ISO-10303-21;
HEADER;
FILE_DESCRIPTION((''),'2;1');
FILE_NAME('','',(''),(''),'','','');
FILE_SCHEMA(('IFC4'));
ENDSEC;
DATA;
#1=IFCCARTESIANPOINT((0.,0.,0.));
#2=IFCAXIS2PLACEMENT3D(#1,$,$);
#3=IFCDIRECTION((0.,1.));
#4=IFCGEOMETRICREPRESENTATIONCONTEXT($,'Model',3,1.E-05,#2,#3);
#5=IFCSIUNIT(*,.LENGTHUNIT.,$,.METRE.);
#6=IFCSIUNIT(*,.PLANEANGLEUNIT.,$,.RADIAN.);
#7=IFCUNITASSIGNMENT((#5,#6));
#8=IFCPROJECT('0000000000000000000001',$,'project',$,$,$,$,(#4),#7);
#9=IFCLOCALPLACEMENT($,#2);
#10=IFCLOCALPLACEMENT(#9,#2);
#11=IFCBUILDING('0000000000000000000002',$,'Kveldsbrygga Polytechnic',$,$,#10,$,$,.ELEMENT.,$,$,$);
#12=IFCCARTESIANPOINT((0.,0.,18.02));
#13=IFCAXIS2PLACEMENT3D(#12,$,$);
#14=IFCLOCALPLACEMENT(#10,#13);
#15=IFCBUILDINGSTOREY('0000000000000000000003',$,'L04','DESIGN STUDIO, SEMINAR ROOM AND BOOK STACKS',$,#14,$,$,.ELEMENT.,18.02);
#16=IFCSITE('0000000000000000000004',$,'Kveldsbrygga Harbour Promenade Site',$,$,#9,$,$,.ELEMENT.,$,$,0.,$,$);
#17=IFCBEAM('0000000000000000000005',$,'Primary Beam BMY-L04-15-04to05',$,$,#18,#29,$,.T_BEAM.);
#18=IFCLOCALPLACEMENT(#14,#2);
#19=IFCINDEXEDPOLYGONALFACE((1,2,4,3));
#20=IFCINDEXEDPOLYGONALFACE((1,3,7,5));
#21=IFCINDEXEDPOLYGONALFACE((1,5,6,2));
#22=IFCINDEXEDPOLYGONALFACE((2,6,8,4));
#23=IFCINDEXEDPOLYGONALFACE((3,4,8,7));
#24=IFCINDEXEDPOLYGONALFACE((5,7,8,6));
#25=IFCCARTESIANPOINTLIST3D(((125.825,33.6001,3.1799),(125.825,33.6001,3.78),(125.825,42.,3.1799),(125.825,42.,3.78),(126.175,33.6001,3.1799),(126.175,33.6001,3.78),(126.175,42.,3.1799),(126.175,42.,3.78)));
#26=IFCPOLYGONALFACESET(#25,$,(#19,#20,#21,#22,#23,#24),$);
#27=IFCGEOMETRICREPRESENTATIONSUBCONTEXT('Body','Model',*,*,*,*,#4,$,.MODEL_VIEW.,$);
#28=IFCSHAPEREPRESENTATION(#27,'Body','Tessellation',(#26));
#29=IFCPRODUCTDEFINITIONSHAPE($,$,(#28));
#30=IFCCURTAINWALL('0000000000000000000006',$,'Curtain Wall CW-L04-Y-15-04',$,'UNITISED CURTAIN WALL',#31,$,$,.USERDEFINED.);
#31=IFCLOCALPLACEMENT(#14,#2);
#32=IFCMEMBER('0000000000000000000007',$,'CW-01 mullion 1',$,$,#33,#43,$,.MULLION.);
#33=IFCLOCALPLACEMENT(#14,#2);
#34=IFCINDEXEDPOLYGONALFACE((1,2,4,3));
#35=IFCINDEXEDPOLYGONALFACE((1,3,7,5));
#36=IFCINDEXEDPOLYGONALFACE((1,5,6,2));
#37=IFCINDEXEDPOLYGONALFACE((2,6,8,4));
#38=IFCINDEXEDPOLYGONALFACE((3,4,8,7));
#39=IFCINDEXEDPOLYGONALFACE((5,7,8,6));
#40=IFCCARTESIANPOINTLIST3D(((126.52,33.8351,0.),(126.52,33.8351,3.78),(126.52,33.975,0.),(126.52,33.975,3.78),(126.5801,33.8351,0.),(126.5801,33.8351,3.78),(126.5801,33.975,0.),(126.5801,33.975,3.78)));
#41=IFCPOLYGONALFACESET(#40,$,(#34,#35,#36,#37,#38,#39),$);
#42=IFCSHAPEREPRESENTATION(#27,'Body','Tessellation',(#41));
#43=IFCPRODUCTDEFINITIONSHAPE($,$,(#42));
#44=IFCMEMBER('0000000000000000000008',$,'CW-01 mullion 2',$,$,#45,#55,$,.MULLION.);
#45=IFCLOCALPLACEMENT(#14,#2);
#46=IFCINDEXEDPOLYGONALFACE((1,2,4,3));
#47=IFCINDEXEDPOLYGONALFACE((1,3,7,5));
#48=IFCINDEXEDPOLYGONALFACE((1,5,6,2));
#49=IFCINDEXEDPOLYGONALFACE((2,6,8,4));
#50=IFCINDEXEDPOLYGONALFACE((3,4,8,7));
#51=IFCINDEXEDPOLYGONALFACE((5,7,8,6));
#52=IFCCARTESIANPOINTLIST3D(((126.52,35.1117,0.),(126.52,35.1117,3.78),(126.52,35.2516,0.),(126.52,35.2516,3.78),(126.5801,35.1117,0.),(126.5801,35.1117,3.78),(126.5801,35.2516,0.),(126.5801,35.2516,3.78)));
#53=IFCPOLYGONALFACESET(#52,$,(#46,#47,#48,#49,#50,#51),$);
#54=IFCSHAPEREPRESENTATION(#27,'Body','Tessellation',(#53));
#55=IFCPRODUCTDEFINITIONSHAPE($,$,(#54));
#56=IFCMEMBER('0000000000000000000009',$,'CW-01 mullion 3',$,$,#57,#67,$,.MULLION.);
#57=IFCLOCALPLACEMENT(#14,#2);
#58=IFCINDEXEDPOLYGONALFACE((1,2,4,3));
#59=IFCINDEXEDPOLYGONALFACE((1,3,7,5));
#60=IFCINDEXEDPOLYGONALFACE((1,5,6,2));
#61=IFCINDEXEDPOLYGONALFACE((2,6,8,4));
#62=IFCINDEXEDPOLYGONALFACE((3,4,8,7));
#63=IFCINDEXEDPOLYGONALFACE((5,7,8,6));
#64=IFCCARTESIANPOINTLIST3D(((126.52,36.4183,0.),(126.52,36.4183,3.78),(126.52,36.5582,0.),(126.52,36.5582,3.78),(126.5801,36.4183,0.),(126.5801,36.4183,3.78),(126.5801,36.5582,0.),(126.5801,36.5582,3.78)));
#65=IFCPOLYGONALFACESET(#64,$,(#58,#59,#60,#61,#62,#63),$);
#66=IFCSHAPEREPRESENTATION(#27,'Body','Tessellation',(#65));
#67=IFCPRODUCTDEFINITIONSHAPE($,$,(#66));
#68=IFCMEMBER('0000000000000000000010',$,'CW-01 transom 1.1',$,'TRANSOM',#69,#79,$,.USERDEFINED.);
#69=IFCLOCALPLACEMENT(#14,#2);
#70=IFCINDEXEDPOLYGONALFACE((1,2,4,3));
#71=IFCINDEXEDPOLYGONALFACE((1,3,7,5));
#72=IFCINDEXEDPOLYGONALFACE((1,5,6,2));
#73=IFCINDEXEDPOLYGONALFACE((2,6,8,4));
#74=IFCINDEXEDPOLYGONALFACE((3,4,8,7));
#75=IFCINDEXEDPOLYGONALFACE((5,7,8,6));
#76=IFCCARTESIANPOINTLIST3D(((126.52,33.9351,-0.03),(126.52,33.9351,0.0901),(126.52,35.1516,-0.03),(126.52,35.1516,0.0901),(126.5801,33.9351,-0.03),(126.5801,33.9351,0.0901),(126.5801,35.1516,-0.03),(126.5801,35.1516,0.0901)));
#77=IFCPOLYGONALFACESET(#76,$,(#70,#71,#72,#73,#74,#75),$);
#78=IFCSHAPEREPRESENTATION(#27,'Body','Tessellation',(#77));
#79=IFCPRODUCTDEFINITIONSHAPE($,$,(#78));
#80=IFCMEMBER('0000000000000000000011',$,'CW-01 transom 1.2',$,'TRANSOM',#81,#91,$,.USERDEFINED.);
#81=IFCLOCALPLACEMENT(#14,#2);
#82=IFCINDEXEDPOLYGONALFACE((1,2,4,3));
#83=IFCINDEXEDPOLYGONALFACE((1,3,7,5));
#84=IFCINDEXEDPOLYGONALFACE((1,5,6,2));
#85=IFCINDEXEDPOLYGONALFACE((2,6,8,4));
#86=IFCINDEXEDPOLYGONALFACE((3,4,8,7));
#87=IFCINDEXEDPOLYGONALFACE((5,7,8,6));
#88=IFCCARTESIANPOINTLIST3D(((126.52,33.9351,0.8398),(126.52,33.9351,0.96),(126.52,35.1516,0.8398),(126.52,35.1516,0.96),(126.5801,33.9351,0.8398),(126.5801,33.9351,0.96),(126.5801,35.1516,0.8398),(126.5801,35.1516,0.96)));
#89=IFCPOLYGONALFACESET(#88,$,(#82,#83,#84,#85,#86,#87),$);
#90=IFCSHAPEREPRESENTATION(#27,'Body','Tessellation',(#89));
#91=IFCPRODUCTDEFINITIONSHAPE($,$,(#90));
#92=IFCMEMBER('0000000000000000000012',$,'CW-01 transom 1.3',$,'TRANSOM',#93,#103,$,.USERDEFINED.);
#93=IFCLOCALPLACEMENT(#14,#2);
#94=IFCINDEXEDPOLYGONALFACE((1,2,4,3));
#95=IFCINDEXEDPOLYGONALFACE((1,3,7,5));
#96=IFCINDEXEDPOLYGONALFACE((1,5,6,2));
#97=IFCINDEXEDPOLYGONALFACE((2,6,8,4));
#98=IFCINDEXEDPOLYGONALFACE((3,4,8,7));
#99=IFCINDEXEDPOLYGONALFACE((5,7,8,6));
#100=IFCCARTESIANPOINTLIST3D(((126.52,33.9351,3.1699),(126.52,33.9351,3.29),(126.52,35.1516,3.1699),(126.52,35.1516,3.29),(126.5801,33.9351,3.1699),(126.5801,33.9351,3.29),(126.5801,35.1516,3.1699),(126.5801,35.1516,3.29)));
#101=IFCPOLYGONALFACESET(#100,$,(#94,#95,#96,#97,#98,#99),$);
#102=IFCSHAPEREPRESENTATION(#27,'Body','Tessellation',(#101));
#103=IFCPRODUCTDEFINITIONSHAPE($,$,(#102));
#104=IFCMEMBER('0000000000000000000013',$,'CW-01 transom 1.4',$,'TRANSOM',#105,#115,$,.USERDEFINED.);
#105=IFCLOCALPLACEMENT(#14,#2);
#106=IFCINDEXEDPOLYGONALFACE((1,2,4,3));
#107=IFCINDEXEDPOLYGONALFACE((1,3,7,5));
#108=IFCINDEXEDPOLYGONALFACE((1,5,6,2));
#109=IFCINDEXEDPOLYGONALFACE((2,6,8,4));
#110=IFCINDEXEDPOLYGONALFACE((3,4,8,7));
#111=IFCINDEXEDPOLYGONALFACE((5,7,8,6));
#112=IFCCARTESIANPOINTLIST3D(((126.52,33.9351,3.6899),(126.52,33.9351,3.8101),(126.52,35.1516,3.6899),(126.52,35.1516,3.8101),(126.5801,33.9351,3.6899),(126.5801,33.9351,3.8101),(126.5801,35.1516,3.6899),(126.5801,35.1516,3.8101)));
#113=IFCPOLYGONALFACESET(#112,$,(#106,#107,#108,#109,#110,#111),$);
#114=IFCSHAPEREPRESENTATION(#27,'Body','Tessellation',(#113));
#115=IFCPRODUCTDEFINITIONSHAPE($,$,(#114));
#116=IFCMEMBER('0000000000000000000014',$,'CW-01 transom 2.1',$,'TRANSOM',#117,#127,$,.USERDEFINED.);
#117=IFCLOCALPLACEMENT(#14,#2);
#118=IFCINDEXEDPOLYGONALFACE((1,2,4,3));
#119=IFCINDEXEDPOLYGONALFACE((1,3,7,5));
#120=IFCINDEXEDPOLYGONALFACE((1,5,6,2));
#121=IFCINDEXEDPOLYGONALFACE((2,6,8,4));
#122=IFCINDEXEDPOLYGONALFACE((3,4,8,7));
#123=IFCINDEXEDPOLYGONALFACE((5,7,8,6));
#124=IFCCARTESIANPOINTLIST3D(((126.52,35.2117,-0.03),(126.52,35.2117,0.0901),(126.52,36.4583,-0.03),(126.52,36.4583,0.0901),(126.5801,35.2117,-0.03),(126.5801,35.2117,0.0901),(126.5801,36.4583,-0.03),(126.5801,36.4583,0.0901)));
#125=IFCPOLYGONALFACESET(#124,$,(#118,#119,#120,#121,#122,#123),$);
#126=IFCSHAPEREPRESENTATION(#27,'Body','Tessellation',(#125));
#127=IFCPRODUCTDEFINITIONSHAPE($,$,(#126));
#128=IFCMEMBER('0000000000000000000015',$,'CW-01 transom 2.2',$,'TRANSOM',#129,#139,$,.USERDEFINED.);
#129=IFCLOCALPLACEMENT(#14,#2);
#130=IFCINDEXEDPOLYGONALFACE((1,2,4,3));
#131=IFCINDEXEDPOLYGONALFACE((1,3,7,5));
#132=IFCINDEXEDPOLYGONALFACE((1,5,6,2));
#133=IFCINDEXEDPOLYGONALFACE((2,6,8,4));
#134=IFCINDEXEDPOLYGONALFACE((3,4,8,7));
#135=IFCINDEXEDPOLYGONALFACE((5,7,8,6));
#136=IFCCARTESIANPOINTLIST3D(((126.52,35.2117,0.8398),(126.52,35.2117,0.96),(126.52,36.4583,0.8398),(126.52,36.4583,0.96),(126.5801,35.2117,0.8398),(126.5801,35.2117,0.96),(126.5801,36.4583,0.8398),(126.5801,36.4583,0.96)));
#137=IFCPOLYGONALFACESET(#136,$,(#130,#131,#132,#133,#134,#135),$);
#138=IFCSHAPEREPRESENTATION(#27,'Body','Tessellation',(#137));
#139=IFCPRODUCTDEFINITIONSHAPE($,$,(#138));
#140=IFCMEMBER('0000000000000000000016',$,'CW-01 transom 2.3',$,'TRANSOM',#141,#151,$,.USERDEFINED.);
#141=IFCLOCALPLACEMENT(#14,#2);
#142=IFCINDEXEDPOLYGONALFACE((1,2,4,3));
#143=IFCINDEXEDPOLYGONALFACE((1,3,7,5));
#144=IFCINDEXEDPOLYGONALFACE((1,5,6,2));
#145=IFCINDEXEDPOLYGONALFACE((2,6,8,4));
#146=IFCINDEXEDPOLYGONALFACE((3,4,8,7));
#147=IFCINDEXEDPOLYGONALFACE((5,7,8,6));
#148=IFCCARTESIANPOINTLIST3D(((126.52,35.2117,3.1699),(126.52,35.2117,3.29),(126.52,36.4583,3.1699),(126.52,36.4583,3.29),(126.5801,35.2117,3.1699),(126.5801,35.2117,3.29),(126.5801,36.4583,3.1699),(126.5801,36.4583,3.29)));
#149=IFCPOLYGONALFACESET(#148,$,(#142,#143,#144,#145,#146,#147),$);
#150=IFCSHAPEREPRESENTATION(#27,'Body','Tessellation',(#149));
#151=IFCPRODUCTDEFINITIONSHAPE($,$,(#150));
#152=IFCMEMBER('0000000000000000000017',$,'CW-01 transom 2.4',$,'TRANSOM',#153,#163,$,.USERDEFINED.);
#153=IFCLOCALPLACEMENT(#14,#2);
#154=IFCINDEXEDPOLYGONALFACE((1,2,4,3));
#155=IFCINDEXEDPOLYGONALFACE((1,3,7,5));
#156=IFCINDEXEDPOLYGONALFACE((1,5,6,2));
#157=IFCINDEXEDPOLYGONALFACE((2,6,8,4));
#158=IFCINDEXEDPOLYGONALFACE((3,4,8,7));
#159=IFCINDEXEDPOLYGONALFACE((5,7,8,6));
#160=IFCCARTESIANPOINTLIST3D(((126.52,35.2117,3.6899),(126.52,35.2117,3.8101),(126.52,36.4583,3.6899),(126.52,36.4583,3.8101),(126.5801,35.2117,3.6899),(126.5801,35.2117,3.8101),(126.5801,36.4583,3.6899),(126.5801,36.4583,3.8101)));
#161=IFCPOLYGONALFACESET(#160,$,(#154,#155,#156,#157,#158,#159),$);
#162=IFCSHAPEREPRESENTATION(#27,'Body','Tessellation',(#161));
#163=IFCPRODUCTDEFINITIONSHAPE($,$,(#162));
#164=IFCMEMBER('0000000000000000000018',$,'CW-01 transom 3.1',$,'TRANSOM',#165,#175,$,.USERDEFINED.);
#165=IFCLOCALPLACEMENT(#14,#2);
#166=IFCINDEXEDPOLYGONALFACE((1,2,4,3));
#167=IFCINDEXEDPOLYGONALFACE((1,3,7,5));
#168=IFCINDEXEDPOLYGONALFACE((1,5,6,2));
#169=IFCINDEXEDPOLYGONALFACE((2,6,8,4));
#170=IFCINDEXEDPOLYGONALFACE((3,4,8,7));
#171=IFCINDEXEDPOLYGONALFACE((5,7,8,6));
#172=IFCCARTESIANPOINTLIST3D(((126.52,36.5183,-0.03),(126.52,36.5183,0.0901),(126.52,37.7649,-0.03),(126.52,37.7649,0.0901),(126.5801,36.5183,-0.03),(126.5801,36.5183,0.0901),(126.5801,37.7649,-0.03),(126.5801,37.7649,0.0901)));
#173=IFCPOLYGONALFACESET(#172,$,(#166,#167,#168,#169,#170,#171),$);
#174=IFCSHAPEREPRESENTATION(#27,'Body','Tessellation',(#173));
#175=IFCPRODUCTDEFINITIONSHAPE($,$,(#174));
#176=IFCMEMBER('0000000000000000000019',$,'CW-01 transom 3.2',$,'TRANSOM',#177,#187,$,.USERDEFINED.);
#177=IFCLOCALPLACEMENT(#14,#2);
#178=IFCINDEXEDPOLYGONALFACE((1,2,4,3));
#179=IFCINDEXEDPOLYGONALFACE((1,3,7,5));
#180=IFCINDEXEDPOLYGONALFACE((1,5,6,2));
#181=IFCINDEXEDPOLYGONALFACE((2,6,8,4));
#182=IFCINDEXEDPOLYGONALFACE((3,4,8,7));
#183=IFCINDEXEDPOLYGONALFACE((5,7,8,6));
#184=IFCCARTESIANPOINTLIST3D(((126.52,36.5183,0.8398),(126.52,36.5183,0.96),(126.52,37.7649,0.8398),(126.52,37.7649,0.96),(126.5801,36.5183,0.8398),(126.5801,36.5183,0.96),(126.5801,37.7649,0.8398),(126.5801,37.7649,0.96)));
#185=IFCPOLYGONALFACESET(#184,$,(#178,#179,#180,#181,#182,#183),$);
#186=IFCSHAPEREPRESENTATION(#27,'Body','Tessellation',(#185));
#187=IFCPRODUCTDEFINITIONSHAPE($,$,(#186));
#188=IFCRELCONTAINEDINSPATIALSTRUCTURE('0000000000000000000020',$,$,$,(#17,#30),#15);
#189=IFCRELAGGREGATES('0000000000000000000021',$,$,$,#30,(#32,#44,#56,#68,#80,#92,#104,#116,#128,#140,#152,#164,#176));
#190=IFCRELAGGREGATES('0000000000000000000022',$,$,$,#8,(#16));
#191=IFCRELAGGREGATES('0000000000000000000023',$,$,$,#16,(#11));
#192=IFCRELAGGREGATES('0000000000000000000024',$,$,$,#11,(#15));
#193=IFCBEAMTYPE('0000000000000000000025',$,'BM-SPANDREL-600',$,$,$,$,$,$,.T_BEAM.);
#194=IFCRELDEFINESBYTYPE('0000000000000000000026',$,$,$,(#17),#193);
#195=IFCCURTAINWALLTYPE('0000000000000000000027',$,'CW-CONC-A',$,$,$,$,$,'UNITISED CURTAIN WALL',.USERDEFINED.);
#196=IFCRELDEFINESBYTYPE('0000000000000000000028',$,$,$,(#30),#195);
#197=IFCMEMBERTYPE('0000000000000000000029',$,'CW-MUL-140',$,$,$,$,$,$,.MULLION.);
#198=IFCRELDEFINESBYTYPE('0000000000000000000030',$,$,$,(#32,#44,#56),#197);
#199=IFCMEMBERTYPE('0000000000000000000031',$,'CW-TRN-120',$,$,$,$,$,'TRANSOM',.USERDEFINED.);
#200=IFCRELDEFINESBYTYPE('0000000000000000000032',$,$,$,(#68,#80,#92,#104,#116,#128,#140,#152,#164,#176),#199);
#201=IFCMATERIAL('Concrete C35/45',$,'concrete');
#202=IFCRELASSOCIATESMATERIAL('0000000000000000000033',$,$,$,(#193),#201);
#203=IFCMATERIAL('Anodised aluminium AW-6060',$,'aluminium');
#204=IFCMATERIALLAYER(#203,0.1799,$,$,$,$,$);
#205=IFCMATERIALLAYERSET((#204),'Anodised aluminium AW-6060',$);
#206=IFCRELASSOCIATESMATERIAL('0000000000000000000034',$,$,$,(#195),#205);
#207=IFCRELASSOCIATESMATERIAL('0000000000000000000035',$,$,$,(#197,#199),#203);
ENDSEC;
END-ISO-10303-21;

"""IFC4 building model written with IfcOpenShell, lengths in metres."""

from ifc_helpers import new_model, si_unit, direction, frame, origin, origin_2d, place, context, subcontext, project, spatial, rectangle, extrude, material, layer, layer_set, material_profile, profile_set, type_object, element, aggregate, save


model = new_model("IFC4")

# Units and contexts
model_context = context("Model", 3, precision=1e-05, world=origin(), true_north=direction((0.0, 1.0)))
body_context = subcontext(model_context, "Body", "Model", "MODEL_VIEW")
ifc_project = project(units=[si_unit("LENGTHUNIT", "METRE"), si_unit("PLANEANGLEUNIT", "RADIAN")], contexts=[model_context])

# Site, building, storey
site_placement = place(None, origin())
site = spatial("IfcSite", under=ifc_project, at=site_placement, Name="Kveldsbrygga Harbour Promenade Site", CompositionType="ELEMENT", RefElevation=0.0)
building_placement = place(site_placement, origin())
building = spatial("IfcBuilding", under=site, at=building_placement, Name="Kveldsbrygga Polytechnic", CompositionType="ELEMENT")
storey_placement = place(building_placement, frame((0.0, 0.0, 18.02)))
storey = spatial("IfcBuildingStorey", under=building, at=storey_placement, Name="L04", Description="DESIGN STUDIO, SEMINAR ROOM AND BOOK STACKS", CompositionType="ELEMENT", Elevation=18.02)

# Beam
ifc_material_1 = material(Name="Concrete C35/45", Category="concrete")
ifc_material_profile_1 = material_profile(ifc_material_1, rectangle(XDim=0.3501, YDim=0.6001, at=origin_2d()), Name="RC 350x600")
ifc_profile_set_1 = profile_set([ifc_material_profile_1], Name="Concrete C35/45")
beam_type = type_object("IfcBeamType", Name="BM-SPANDREL-600", PredefinedType="T_BEAM", material=ifc_profile_set_1)
beam_placement = place(storey_placement, frame((126.0, 33.6001, 3.48), z_axis=(0.0, 1.0, 0.0), x_axis=(-1.0, 0.0, 0.0)))
element("IfcBeam", 1, at=beam_placement, inside=storey, type_object=beam_type, Name="Primary Beam BMY-L04-15-04to05", PredefinedType="T_BEAM", context=body_context, shape_type="SweptSolid", body=[
    extrude(rectangle(XDim=0.3501, YDim=0.6001, at=origin_2d()), origin(), (0.0, 0.0, 1.0), 8.3999),
])

# Curtain wall, members
ifc_material_2 = material(Name="Anodised aluminium AW-6060", Category="aluminium")
ifc_layer_1 = layer(ifc_material_2, 0.1799)
ifc_layer_set_1 = layer_set([ifc_layer_1], Name="Anodised aluminium AW-6060")
curtain_wall_type = type_object("IfcCurtainWallType", Name="CW-CONC-A", ElementType="UNITISED CURTAIN WALL", PredefinedType="USERDEFINED", material=ifc_layer_set_1)
curtain_wall_placement = place(storey_placement, origin())
curtain_wall = element("IfcCurtainWall", 2, at=curtain_wall_placement, inside=storey, type_object=curtain_wall_type, Name="Curtain Wall CW-L04-Y-15-04", ObjectType="UNITISED CURTAIN WALL", PredefinedType="USERDEFINED")
ifc_material_profile_2 = material_profile(ifc_material_2, rectangle(XDim=0.0601, YDim=0.1399, at=origin_2d()), Name="ALU 60x140")
ifc_profile_set_2 = profile_set([ifc_material_profile_2], Name="Anodised aluminium AW-6060")
member_type_1 = type_object("IfcMemberType", Name="CW-MUL-140", PredefinedType="MULLION", material=ifc_profile_set_2)
member_1_placement = place(storey_placement, frame((126.55, 33.905, 0.0), z_axis=(0.0, 0.0, 1.0), x_axis=(-1.0, 0.0, 0.0)))
member_1 = element("IfcMember", 3, at=member_1_placement, type_object=member_type_1, Name="CW-01 mullion 1", PredefinedType="MULLION", context=body_context, shape_type="SweptSolid", body=[
    extrude(rectangle(XDim=0.0601, YDim=0.1399, at=origin_2d()), origin(), (0.0, 0.0, 1.0), 3.78),
])
member_2_placement = place(storey_placement, frame((126.55, 35.1816, 0.0), z_axis=(0.0, 0.0, 1.0), x_axis=(-1.0, 0.0, 0.0)))
member_2 = element("IfcMember", 4, at=member_2_placement, type_object=member_type_1, Name="CW-01 mullion 2", PredefinedType="MULLION", context=body_context, shape_type="SweptSolid", body=[
    extrude(rectangle(XDim=0.0601, YDim=0.1399, at=origin_2d()), origin(), (0.0, 0.0, 1.0), 3.78),
])
member_3_placement = place(storey_placement, frame((126.55, 36.4883, 0.0), z_axis=(0.0, 0.0, 1.0), x_axis=(-1.0, 0.0, 0.0)))
member_3 = element("IfcMember", 5, at=member_3_placement, type_object=member_type_1, Name="CW-01 mullion 3", PredefinedType="MULLION", context=body_context, shape_type="SweptSolid", body=[
    extrude(rectangle(XDim=0.0601, YDim=0.1399, at=origin_2d()), origin(), (0.0, 0.0, 1.0), 3.78),
])
ifc_material_profile_3 = material_profile(ifc_material_2, rectangle(XDim=0.0601, YDim=0.1201, at=origin_2d()), Name="ALU 60x120")
ifc_profile_set_3 = profile_set([ifc_material_profile_3], Name="Anodised aluminium AW-6060")
member_type_2 = type_object("IfcMemberType", Name="CW-TRN-120", ElementType="TRANSOM", PredefinedType="USERDEFINED", material=ifc_profile_set_3)
member_4_placement = place(storey_placement, frame((126.55, 33.9351, 0.03), z_axis=(0.0, 1.0, 0.0), x_axis=(-1.0, 0.0, 0.0)))
member_4 = element("IfcMember", 6, at=member_4_placement, type_object=member_type_2, Name="CW-01 transom 1.1", ObjectType="TRANSOM", PredefinedType="USERDEFINED", context=body_context, shape_type="SweptSolid", body=[
    extrude(rectangle(XDim=0.0601, YDim=0.1201, at=origin_2d()), origin(), (0.0, 0.0, 1.0), 1.2166),
])
member_5_placement = place(storey_placement, frame((126.55, 33.9351, 0.8999), z_axis=(0.0, 1.0, 0.0), x_axis=(-1.0, 0.0, 0.0)))
member_5 = element("IfcMember", 7, at=member_5_placement, type_object=member_type_2, Name="CW-01 transom 1.2", ObjectType="TRANSOM", PredefinedType="USERDEFINED", context=body_context, shape_type="SweptSolid", body=[
    extrude(rectangle(XDim=0.0601, YDim=0.1201, at=origin_2d()), origin(), (0.0, 0.0, 1.0), 1.2166),
])
member_6_placement = place(storey_placement, frame((126.55, 33.9351, 3.23), z_axis=(0.0, 1.0, 0.0), x_axis=(-1.0, 0.0, 0.0)))
member_6 = element("IfcMember", 8, at=member_6_placement, type_object=member_type_2, Name="CW-01 transom 1.3", ObjectType="TRANSOM", PredefinedType="USERDEFINED", context=body_context, shape_type="SweptSolid", body=[
    extrude(rectangle(XDim=0.0601, YDim=0.1201, at=origin_2d()), origin(), (0.0, 0.0, 1.0), 1.2166),
])
member_7_placement = place(storey_placement, frame((126.55, 33.9351, 3.75), z_axis=(0.0, 1.0, 0.0), x_axis=(-1.0, 0.0, 0.0)))
member_7 = element("IfcMember", 9, at=member_7_placement, type_object=member_type_2, Name="CW-01 transom 1.4", ObjectType="TRANSOM", PredefinedType="USERDEFINED", context=body_context, shape_type="SweptSolid", body=[
    extrude(rectangle(XDim=0.0601, YDim=0.1201, at=origin_2d()), origin(), (0.0, 0.0, 1.0), 1.2166),
])
member_8_placement = place(storey_placement, frame((126.55, 35.2117, 0.03), z_axis=(0.0, 1.0, 0.0), x_axis=(-1.0, 0.0, 0.0)))
member_8 = element("IfcMember", 10, at=member_8_placement, type_object=member_type_2, Name="CW-01 transom 2.1", ObjectType="TRANSOM", PredefinedType="USERDEFINED", context=body_context, shape_type="SweptSolid", body=[
    extrude(rectangle(XDim=0.0601, YDim=0.1201, at=origin_2d()), origin(), (0.0, 0.0, 1.0), 1.2466),
])
member_9_placement = place(storey_placement, frame((126.55, 35.2117, 0.8999), z_axis=(0.0, 1.0, 0.0), x_axis=(-1.0, 0.0, 0.0)))
member_9 = element("IfcMember", 11, at=member_9_placement, type_object=member_type_2, Name="CW-01 transom 2.2", ObjectType="TRANSOM", PredefinedType="USERDEFINED", context=body_context, shape_type="SweptSolid", body=[
    extrude(rectangle(XDim=0.0601, YDim=0.1201, at=origin_2d()), origin(), (0.0, 0.0, 1.0), 1.2466),
])
member_10_placement = place(storey_placement, frame((126.55, 35.2117, 3.23), z_axis=(0.0, 1.0, 0.0), x_axis=(-1.0, 0.0, 0.0)))
member_10 = element("IfcMember", 12, at=member_10_placement, type_object=member_type_2, Name="CW-01 transom 2.3", ObjectType="TRANSOM", PredefinedType="USERDEFINED", context=body_context, shape_type="SweptSolid", body=[
    extrude(rectangle(XDim=0.0601, YDim=0.1201, at=origin_2d()), origin(), (0.0, 0.0, 1.0), 1.2466),
])
member_11_placement = place(storey_placement, frame((126.55, 35.2117, 3.75), z_axis=(0.0, 1.0, 0.0), x_axis=(-1.0, 0.0, 0.0)))
member_11 = element("IfcMember", 13, at=member_11_placement, type_object=member_type_2, Name="CW-01 transom 2.4", ObjectType="TRANSOM", PredefinedType="USERDEFINED", context=body_context, shape_type="SweptSolid", body=[
    extrude(rectangle(XDim=0.0601, YDim=0.1201, at=origin_2d()), origin(), (0.0, 0.0, 1.0), 1.2466),
])
member_12_placement = place(storey_placement, frame((126.55, 36.5183, 0.03), z_axis=(0.0, 1.0, 0.0), x_axis=(-1.0, 0.0, 0.0)))
member_12 = element("IfcMember", 14, at=member_12_placement, type_object=member_type_2, Name="CW-01 transom 3.1", ObjectType="TRANSOM", PredefinedType="USERDEFINED", context=body_context, shape_type="SweptSolid", body=[
    extrude(rectangle(XDim=0.0601, YDim=0.1201, at=origin_2d()), origin(), (0.0, 0.0, 1.0), 1.2466),
])
member_13_placement = place(storey_placement, frame((126.55, 36.5183, 0.8999), z_axis=(0.0, 1.0, 0.0), x_axis=(-1.0, 0.0, 0.0)))
member_13 = element("IfcMember", 15, at=member_13_placement, type_object=member_type_2, Name="CW-01 transom 3.2", ObjectType="TRANSOM", PredefinedType="USERDEFINED", context=body_context, shape_type="SweptSolid", body=[
    extrude(rectangle(XDim=0.0601, YDim=0.1201, at=origin_2d()), origin(), (0.0, 0.0, 1.0), 1.2466),
])
aggregate(curtain_wall, [member_1, member_2, member_3, member_4, member_5, member_6, member_7, member_8, member_9, member_10, member_11, member_12, member_13])

save(model, "model.ifc")
